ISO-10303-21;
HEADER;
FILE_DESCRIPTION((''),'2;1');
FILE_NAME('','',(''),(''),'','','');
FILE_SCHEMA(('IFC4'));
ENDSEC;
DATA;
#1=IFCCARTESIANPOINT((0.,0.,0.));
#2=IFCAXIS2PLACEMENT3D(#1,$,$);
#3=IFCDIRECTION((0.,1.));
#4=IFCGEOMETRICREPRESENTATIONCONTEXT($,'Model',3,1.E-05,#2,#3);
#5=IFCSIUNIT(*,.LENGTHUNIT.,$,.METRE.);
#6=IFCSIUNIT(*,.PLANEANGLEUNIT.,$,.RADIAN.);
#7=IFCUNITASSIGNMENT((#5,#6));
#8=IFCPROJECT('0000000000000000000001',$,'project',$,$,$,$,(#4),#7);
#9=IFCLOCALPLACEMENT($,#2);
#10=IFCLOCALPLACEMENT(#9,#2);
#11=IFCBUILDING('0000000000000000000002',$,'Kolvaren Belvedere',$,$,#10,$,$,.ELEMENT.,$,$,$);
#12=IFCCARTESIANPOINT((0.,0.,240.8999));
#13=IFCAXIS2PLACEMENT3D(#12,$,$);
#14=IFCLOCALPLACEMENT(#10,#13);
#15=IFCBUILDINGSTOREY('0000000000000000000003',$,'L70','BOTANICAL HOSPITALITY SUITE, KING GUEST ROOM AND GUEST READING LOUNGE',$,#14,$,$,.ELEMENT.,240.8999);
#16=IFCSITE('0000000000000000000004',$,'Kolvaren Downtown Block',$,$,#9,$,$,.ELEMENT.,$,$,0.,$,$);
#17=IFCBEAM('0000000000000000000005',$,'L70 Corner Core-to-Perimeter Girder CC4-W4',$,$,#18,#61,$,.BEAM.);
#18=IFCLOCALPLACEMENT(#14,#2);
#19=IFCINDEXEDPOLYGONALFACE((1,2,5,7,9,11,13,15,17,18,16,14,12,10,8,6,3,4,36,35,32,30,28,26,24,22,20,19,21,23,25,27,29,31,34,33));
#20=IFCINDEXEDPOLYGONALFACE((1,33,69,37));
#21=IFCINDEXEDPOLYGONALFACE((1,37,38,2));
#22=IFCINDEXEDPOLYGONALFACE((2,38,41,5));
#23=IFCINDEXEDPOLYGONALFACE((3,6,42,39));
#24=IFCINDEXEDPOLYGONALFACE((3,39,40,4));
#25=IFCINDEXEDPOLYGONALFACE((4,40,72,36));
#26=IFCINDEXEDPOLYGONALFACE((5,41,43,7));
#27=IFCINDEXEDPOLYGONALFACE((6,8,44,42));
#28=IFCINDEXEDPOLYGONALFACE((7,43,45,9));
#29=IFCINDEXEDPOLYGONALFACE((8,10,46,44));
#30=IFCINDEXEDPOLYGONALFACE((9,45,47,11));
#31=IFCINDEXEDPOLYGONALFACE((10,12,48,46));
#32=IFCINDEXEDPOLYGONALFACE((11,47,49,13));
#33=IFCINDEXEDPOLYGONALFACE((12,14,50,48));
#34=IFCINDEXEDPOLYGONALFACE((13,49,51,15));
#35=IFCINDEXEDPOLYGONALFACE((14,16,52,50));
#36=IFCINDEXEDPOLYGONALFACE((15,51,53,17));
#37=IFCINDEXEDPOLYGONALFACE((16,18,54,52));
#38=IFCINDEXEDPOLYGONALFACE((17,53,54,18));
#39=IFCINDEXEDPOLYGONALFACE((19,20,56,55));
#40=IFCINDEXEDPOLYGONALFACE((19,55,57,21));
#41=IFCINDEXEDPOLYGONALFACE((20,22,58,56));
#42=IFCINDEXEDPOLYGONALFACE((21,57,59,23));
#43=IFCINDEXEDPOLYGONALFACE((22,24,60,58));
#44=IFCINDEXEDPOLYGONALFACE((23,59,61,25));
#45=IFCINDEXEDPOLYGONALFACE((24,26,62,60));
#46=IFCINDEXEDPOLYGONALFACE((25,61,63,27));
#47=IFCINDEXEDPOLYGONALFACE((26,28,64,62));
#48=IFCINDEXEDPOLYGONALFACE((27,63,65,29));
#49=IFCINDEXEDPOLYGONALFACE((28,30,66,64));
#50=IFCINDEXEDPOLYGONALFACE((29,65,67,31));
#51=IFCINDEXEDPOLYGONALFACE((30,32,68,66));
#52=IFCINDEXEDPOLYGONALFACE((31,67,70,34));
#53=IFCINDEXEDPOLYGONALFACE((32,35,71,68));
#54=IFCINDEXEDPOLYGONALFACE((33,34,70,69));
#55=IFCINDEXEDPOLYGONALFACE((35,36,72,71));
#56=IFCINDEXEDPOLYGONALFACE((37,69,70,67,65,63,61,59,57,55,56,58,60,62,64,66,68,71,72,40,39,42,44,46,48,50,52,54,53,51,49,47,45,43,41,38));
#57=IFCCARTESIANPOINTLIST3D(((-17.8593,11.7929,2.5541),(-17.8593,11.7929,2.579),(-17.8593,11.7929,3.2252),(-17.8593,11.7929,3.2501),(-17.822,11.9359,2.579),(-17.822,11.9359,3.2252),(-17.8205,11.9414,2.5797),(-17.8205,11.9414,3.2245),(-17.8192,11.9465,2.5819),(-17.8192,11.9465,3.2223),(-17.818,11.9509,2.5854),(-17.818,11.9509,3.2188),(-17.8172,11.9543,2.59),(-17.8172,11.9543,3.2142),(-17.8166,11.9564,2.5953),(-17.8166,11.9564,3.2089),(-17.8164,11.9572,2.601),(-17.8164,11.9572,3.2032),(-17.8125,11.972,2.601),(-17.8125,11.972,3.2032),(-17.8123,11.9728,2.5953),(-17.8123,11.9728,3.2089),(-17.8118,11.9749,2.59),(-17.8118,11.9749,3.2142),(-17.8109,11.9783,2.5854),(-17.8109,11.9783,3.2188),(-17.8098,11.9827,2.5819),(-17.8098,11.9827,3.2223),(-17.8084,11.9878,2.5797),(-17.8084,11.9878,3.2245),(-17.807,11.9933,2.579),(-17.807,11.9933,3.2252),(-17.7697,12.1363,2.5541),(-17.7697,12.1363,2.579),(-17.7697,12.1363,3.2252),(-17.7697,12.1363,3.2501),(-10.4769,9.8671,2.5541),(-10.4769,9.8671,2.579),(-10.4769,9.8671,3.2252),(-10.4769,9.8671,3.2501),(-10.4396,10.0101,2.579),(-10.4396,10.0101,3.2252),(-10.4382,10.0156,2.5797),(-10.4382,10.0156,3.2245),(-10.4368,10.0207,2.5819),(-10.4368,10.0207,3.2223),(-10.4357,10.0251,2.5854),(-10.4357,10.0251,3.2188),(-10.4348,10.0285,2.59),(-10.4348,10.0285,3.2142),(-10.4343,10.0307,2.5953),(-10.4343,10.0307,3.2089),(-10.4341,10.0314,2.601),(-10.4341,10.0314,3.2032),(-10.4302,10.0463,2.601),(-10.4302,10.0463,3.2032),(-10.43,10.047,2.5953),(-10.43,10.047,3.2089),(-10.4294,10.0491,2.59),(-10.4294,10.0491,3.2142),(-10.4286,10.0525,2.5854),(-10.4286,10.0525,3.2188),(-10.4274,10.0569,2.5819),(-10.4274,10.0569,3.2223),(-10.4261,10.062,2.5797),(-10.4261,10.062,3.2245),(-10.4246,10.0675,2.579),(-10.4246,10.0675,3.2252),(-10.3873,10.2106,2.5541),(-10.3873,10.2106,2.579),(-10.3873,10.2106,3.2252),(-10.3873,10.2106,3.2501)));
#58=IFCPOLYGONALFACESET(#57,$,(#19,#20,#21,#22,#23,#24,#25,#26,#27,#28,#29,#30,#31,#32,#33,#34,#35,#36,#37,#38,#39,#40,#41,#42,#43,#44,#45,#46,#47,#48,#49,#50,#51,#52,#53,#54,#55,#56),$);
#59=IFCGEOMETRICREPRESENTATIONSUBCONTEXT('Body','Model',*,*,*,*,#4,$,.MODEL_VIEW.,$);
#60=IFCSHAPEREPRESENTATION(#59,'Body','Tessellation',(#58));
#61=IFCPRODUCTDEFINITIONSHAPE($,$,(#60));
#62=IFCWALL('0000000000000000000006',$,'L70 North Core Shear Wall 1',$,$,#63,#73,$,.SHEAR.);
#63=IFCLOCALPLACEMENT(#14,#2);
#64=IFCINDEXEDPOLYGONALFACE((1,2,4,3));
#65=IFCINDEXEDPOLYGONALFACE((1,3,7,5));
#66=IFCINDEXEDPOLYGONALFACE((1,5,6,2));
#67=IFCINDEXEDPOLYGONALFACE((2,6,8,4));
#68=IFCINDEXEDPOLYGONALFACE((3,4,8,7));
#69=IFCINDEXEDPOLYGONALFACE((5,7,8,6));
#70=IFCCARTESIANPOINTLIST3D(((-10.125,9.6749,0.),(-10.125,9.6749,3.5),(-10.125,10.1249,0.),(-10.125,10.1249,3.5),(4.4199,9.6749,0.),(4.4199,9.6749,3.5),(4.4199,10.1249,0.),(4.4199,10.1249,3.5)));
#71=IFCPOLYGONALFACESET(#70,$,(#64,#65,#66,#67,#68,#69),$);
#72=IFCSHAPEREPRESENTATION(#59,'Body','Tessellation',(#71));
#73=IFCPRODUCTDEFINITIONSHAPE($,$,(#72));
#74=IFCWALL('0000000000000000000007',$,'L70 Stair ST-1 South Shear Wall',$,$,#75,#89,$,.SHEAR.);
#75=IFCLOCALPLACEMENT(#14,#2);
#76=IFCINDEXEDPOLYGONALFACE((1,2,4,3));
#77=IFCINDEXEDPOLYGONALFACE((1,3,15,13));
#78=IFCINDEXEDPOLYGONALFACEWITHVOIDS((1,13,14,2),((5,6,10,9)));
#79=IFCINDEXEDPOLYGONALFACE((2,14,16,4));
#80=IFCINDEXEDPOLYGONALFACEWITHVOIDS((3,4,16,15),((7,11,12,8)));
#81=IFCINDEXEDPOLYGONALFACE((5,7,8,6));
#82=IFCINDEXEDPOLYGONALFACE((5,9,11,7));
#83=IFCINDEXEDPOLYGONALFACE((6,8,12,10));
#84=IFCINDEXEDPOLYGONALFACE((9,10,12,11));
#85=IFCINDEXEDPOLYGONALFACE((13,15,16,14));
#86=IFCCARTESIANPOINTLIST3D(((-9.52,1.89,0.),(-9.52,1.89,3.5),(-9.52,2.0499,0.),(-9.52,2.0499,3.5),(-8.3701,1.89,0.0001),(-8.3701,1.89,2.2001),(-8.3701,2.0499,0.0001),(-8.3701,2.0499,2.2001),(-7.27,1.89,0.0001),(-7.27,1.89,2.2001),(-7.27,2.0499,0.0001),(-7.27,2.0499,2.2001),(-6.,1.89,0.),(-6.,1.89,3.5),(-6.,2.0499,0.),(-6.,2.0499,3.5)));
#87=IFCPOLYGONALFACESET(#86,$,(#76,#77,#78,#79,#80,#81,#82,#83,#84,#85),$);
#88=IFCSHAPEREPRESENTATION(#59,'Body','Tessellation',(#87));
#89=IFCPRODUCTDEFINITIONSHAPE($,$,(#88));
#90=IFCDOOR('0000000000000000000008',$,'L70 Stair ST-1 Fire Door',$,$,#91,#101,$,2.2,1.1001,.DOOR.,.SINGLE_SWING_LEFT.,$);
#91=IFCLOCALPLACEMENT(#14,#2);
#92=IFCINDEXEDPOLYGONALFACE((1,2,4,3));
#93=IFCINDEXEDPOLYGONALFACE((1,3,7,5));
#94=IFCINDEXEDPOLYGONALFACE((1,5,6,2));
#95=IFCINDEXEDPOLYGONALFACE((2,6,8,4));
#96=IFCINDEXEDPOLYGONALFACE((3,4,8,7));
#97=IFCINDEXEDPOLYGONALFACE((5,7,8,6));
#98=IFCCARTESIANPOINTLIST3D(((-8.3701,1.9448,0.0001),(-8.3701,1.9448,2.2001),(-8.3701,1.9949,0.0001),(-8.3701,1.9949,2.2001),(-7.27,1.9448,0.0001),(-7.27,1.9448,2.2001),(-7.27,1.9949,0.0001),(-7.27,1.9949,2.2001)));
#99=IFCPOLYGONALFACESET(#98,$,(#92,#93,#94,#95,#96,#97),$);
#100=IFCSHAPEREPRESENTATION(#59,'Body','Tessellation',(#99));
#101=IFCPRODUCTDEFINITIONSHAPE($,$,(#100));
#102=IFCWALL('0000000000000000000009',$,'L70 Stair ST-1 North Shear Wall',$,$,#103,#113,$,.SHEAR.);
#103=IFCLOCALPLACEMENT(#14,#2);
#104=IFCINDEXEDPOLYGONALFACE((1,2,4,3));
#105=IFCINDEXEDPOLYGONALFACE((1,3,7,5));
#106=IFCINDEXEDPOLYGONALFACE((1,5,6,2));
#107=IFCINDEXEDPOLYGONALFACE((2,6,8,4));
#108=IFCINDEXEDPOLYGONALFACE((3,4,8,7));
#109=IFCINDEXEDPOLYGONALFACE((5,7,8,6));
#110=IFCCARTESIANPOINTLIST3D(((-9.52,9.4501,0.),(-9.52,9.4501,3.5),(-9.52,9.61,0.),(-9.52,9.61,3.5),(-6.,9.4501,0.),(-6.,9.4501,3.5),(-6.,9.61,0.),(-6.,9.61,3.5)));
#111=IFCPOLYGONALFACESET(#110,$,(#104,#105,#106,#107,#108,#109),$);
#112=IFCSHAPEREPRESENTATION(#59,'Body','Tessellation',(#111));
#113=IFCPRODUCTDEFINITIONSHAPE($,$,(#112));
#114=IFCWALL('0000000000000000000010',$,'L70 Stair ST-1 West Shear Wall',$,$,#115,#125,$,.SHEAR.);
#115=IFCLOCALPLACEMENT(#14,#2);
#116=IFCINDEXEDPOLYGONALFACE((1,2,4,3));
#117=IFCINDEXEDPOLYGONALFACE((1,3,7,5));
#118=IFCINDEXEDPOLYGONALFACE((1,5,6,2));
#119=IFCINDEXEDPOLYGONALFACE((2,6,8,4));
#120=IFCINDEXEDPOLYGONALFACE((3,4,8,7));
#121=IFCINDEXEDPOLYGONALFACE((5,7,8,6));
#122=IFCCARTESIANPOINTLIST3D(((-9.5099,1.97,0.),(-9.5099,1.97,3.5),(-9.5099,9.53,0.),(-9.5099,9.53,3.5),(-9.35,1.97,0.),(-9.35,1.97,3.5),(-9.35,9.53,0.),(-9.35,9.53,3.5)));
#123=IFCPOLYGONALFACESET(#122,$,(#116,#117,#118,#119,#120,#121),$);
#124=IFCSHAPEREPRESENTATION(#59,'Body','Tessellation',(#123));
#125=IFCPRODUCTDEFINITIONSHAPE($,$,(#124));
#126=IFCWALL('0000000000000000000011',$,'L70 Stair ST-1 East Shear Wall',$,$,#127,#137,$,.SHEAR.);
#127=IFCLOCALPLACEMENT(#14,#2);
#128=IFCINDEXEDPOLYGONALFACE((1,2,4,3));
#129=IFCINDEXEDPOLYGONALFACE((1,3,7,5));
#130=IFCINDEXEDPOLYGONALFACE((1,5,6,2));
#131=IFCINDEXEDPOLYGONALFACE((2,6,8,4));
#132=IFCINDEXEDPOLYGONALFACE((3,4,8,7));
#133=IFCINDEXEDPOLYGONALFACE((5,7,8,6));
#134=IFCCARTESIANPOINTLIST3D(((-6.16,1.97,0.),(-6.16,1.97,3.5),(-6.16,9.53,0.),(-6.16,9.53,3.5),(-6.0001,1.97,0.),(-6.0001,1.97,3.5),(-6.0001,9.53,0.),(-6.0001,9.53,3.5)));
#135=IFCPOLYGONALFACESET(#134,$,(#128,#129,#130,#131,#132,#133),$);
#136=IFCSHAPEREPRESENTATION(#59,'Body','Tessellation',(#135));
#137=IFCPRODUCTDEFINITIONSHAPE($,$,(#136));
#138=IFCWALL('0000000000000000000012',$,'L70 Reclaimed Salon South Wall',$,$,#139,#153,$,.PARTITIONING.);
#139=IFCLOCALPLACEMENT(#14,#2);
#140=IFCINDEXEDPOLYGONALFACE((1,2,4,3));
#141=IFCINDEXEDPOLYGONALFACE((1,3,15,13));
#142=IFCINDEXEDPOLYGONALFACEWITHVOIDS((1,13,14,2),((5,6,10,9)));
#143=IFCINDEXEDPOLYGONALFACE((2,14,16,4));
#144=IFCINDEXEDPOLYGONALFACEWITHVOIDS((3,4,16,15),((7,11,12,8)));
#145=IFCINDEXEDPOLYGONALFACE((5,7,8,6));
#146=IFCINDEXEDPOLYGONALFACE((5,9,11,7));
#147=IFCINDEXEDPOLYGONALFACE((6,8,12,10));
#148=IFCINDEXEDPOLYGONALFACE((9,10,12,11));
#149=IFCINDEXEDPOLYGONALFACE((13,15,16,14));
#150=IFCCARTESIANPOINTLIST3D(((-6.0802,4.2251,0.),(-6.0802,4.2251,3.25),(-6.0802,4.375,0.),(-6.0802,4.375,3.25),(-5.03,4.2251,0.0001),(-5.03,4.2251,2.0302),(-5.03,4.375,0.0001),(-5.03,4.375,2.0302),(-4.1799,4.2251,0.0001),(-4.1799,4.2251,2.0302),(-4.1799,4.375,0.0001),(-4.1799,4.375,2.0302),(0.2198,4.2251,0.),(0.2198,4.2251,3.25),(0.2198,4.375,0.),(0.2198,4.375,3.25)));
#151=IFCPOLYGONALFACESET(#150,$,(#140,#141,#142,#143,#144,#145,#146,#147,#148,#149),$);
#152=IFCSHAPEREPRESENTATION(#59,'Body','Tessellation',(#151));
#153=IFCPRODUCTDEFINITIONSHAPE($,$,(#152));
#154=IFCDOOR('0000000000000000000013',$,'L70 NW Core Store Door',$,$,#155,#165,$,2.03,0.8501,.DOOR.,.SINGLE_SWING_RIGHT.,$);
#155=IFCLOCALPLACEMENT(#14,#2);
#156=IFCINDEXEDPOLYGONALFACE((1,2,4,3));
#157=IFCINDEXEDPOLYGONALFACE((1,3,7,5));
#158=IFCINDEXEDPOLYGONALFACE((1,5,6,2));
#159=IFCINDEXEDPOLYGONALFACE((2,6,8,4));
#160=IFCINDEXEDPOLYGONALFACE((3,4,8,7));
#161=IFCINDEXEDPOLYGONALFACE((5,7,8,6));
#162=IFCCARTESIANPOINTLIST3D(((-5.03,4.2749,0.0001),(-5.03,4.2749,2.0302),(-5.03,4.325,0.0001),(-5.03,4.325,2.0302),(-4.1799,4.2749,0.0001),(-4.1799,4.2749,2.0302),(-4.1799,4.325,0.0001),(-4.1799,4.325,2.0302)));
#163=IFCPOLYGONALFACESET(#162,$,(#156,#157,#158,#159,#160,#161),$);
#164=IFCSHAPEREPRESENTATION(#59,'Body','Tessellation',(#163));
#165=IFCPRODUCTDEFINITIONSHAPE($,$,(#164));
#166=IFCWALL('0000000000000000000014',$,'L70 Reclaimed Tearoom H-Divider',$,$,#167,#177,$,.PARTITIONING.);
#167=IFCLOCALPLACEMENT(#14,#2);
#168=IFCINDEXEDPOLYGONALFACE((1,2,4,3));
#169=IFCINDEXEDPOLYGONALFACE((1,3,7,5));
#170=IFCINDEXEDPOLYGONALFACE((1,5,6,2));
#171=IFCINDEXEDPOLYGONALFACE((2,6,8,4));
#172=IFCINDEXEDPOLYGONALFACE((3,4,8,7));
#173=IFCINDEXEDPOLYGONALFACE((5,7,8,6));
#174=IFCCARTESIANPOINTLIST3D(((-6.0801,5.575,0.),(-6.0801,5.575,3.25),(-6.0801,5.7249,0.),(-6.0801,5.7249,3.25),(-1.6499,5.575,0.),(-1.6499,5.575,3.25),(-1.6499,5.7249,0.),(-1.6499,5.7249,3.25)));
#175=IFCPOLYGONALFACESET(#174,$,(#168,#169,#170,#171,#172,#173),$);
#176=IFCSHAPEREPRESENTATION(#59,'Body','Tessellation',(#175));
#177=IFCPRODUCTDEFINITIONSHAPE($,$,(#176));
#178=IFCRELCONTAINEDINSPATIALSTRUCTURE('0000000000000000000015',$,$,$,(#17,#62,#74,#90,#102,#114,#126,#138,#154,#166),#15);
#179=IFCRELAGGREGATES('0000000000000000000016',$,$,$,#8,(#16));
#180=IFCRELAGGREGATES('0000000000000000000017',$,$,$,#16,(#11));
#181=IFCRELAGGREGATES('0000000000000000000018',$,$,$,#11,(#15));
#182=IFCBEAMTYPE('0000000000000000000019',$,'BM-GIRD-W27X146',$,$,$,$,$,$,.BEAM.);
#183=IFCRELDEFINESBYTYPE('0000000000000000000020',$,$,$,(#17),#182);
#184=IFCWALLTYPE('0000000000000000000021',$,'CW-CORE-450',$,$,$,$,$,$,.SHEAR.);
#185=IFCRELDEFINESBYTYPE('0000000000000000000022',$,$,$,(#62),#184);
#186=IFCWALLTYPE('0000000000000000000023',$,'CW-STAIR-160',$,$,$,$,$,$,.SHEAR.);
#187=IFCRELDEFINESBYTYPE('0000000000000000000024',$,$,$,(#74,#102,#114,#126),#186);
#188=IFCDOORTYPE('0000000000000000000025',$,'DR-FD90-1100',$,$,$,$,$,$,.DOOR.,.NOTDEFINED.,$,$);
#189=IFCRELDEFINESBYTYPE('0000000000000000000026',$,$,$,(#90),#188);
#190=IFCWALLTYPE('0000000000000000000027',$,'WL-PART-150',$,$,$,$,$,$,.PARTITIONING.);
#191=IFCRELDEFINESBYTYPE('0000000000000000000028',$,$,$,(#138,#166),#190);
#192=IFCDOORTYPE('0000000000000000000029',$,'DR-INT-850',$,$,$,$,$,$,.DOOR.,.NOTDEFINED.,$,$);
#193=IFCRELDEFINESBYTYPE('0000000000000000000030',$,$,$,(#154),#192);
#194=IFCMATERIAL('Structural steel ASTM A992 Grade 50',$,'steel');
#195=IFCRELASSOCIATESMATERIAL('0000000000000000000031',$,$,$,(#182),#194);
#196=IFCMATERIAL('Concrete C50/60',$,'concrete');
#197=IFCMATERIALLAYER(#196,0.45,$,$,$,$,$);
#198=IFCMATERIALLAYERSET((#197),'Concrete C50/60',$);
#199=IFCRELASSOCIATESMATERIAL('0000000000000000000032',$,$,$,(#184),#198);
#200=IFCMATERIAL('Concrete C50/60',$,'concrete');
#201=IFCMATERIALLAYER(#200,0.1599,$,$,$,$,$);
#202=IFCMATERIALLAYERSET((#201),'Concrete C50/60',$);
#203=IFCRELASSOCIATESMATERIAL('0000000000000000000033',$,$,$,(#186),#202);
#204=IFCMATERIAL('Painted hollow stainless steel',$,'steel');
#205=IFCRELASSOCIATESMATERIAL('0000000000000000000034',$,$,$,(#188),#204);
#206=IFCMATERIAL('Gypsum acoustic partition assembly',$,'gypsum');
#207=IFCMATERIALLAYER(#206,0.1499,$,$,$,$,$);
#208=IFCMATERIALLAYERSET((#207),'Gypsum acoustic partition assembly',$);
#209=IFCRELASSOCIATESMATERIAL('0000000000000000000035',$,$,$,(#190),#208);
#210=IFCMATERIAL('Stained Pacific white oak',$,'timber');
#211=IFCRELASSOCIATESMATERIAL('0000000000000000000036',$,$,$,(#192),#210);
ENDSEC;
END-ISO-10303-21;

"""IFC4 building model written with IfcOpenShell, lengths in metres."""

from ifc_helpers import new_model, si_unit, direction, frame, frame_2d, origin, origin_2d, place, context, subcontext, project, spatial, rectangle, i_section, extrude, material, layer, layer_set, material_profile, profile_set, type_object, element, fill, save


model = new_model("IFC4")

# Units and contexts
model_context = context("Model", 3, precision=1e-05, world=origin(), true_north=direction((0.0, 1.0)))
body_context = subcontext(model_context, "Body", "Model", "MODEL_VIEW")
ifc_project = project(units=[si_unit("LENGTHUNIT", "METRE"), si_unit("PLANEANGLEUNIT", "RADIAN")], contexts=[model_context])

# Site, building, storey
site_placement = place(None, origin())
site = spatial("IfcSite", under=ifc_project, at=site_placement, Name="Kolvaren Downtown Block", CompositionType="ELEMENT", RefElevation=0.0)
building_placement = place(site_placement, origin())
building = spatial("IfcBuilding", under=site, at=building_placement, Name="Kolvaren Belvedere", CompositionType="ELEMENT")
storey_placement = place(building_placement, frame((0.0, 0.0, 240.8999)))
storey = spatial("IfcBuildingStorey", under=building, at=storey_placement, Name="L70", Description="BOTANICAL HOSPITALITY SUITE, KING GUEST ROOM AND GUEST READING LOUNGE", CompositionType="ELEMENT", Elevation=240.8999)

# Beam
ifc_material_1 = material(Name="Structural steel ASTM A992 Grade 50", Category="steel")
ifc_material_profile_1 = material_profile(ifc_material_1, i_section(OverallWidth=0.355, OverallDepth=0.696, WebThickness=0.0154, FlangeThickness=0.0249, FilletRadius=0.022, at=origin_2d()), Name="W27X146")
ifc_profile_set_1 = profile_set([ifc_material_profile_1], Name="Structural steel ASTM A992 Grade 50")
beam_type = type_object("IfcBeamType", Name="BM-GIRD-W27X146", PredefinedType="BEAM", material=ifc_profile_set_1)
beam_1_placement = place(storey_placement, frame((-10.4321, 10.0388, 2.9021), z_axis=(-0.967619, 0.252417, 0.0), x_axis=(-0.252417, -0.967619, 0.0)))
element("IfcBeam", 1, at=beam_1_placement, inside=storey, type_object=beam_type, Name="L70 Corner Core-to-Perimeter Girder CC4-W4", PredefinedType="BEAM", context=body_context, shape_type="SweptSolid", body=[
    extrude(i_section(OverallWidth=0.355, OverallDepth=0.696, WebThickness=0.0154, FlangeThickness=0.0249, FilletRadius=0.022, at=origin_2d()), origin(), (0.0, 0.0, 1.0), 7.6294),
])

# Wall
ifc_material_2 = material(Name="Concrete C50/60", Category="concrete")
ifc_layer_1 = layer(ifc_material_2, 0.45)
ifc_layer_set_1 = layer_set([ifc_layer_1], Name="Concrete C50/60")
wall_type_1 = type_object("IfcWallType", Name="CW-CORE-450", PredefinedType="SHEAR", material=ifc_layer_set_1)
wall_1_placement = place(storey_placement, frame((-10.125, 9.8999, 0.0), z_axis=(0.0, 0.0, 1.0), x_axis=(1.0, 0.0, 0.0)))
element("IfcWall", 2, at=wall_1_placement, inside=storey, type_object=wall_type_1, Name="L70 North Core Shear Wall 1", PredefinedType="SHEAR", context=body_context, shape_type="SweptSolid", body=[
    extrude(rectangle(XDim=14.5449, YDim=0.45, at=frame_2d((7.2725, 0.0))), origin(), (0.0, 0.0, 1.0), 3.5),
])

# Wall, opening, door
ifc_material_3 = material(Name="Concrete C50/60", Category="concrete")
ifc_layer_2 = layer(ifc_material_3, 0.1599)
ifc_layer_set_2 = layer_set([ifc_layer_2], Name="Concrete C50/60")
wall_type_2 = type_object("IfcWallType", Name="CW-STAIR-160", PredefinedType="SHEAR", material=ifc_layer_set_2)
wall_2_placement = place(storey_placement, frame((-9.52, 1.97, 0.0), z_axis=(0.0, 0.0, 1.0), x_axis=(1.0, 0.0, 0.0)))
wall_2 = element("IfcWall", 3, at=wall_2_placement, inside=storey, type_object=wall_type_2, Name="L70 Stair ST-1 South Shear Wall", PredefinedType="SHEAR", context=body_context, shape_type="SweptSolid", body=[
    extrude(rectangle(XDim=3.52, YDim=0.1599, at=frame_2d((1.76, 0.0))), origin(), (0.0, 0.0, 1.0), 3.5),
])
opening_1_placement = place(wall_2_placement, frame((1.1499, 0.0, 0.0)))
opening_1 = element("IfcOpeningElement", 4, at=opening_1_placement, cuts=wall_2, PredefinedType="OPENING", context=body_context, shape_type="SweptSolid", body=[
    extrude(rectangle(XDim=1.1001, YDim=2.2, at=frame_2d((0.55, 1.1001))), frame((0.0, 0.0898, 0.0), z_axis=(0.0, -1.0, 0.0), x_axis=(1.0, 0.0, 0.0)), (0.0, 0.0, 1.0), 0.1799),
])
ifc_material_4 = material(Name="Painted hollow stainless steel", Category="steel")
door_type_1 = type_object("IfcDoorType", Name="DR-FD90-1100", OperationType="NOTDEFINED", PredefinedType="DOOR", material=ifc_material_4)
door_1_placement = place(opening_1_placement, origin())
door_1 = element("IfcDoor", 5, at=door_1_placement, inside=storey, type_object=door_type_1, Name="L70 Stair ST-1 Fire Door", OperationType="SINGLE_SWING_LEFT", OverallHeight=2.2, OverallWidth=1.1001, PredefinedType="DOOR", context=body_context, shape_type="SweptSolid", body=[
    extrude(rectangle(XDim=1.1001, YDim=2.2, at=frame_2d((0.55, 1.1001))), frame((0.0, 0.0249, 0.0), z_axis=(0.0, -1.0, 0.0), x_axis=(1.0, 0.0, 0.0)), (0.0, 0.0, 1.0), 0.05),
])
fill(opening_1, door_1)

# Walls
wall_3_placement = place(storey_placement, frame((-9.52, 9.53, 0.0), z_axis=(0.0, 0.0, 1.0), x_axis=(1.0, 0.0, 0.0)))
element("IfcWall", 6, at=wall_3_placement, inside=storey, type_object=wall_type_2, Name="L70 Stair ST-1 North Shear Wall", PredefinedType="SHEAR", context=body_context, shape_type="SweptSolid", body=[
    extrude(rectangle(XDim=3.52, YDim=0.1599, at=frame_2d((1.76, 0.0))), origin(), (0.0, 0.0, 1.0), 3.5),
])
for number, where, z_axis, x_axis, name in (
    (7, (-9.4299, 1.97, 0.0), (0.0, 0.0, 1.0), (0.0, 1.0, 0.0), "L70 Stair ST-1 West Shear Wall"),
    (8, (-6.0801, 1.97, 0.0), (0.0, 0.0, 1.0), (0.0, 1.0, 0.0), "L70 Stair ST-1 East Shear Wall"),
):
    element("IfcWall", number, at=place(storey_placement, frame(where, z_axis=z_axis, x_axis=x_axis)), inside=storey, type_object=wall_type_2, Name=name, PredefinedType="SHEAR", context=body_context, shape_type="SweptSolid", body=[
        extrude(rectangle(XDim=7.5601, YDim=0.1599, at=frame_2d((3.78, 0.0))), origin(), (0.0, 0.0, 1.0), 3.5),
    ])

# Wall, opening, door
ifc_material_5 = material(Name="Gypsum acoustic partition assembly", Category="gypsum")
ifc_layer_3 = layer(ifc_material_5, 0.1499)
ifc_layer_set_3 = layer_set([ifc_layer_3], Name="Gypsum acoustic partition assembly")
wall_type_3 = type_object("IfcWallType", Name="WL-PART-150", PredefinedType="PARTITIONING", material=ifc_layer_set_3)
wall_4_placement = place(storey_placement, frame((-6.0801, 4.3, 0.0), z_axis=(0.0, 0.0, 1.0), x_axis=(1.0, 0.0, 0.0)))
wall_4 = element("IfcWall", 9, at=wall_4_placement, inside=storey, type_object=wall_type_3, Name="L70 Reclaimed Salon South Wall", PredefinedType="PARTITIONING", context=body_context, shape_type="SweptSolid", body=[
    extrude(rectangle(XDim=6.3, YDim=0.1499, at=frame_2d((3.1499, 0.0))), origin(), (0.0, 0.0, 1.0), 3.25),
])
opening_2_placement = place(wall_4_placement, frame((1.05, 0.0, 0.0)))
opening_2 = element("IfcOpeningElement", 10, at=opening_2_placement, cuts=wall_4, PredefinedType="OPENING", context=body_context, shape_type="SweptSolid", body=[
    extrude(rectangle(XDim=0.8501, YDim=2.03, at=frame_2d((0.425, 1.0151))), frame((0.0, 0.085, 0.0), z_axis=(0.0, -1.0, 0.0), x_axis=(1.0, 0.0, 0.0)), (0.0, 0.0, 1.0), 0.1699),
])
ifc_material_6 = material(Name="Stained Pacific white oak", Category="timber")
door_type_2 = type_object("IfcDoorType", Name="DR-INT-850", OperationType="NOTDEFINED", PredefinedType="DOOR", material=ifc_material_6)
door_2_placement = place(opening_2_placement, origin())
door_2 = element("IfcDoor", 11, at=door_2_placement, inside=storey, type_object=door_type_2, Name="L70 NW Core Store Door", OperationType="SINGLE_SWING_RIGHT", OverallHeight=2.03, OverallWidth=0.8501, PredefinedType="DOOR", context=body_context, shape_type="SweptSolid", body=[
    extrude(rectangle(XDim=0.8501, YDim=2.03, at=frame_2d((0.425, 1.0151))), frame((0.0, 0.0249, 0.0), z_axis=(0.0, -1.0, 0.0), x_axis=(1.0, 0.0, 0.0)), (0.0, 0.0, 1.0), 0.05),
])
fill(opening_2, door_2)

# Wall
wall_5_placement = place(storey_placement, frame((-6.0801, 5.6499, 0.0), z_axis=(0.0, 0.0, 1.0), x_axis=(1.0, 0.0, 0.0)))
element("IfcWall", 12, at=wall_5_placement, inside=storey, type_object=wall_type_3, Name="L70 Reclaimed Tearoom H-Divider", PredefinedType="PARTITIONING", context=body_context, shape_type="SweptSolid", body=[
    extrude(rectangle(XDim=4.4302, YDim=0.1499, at=frame_2d((2.2151, 0.0))), origin(), (0.0, 0.0, 1.0), 3.25),
])

save(model, "model.ifc")
